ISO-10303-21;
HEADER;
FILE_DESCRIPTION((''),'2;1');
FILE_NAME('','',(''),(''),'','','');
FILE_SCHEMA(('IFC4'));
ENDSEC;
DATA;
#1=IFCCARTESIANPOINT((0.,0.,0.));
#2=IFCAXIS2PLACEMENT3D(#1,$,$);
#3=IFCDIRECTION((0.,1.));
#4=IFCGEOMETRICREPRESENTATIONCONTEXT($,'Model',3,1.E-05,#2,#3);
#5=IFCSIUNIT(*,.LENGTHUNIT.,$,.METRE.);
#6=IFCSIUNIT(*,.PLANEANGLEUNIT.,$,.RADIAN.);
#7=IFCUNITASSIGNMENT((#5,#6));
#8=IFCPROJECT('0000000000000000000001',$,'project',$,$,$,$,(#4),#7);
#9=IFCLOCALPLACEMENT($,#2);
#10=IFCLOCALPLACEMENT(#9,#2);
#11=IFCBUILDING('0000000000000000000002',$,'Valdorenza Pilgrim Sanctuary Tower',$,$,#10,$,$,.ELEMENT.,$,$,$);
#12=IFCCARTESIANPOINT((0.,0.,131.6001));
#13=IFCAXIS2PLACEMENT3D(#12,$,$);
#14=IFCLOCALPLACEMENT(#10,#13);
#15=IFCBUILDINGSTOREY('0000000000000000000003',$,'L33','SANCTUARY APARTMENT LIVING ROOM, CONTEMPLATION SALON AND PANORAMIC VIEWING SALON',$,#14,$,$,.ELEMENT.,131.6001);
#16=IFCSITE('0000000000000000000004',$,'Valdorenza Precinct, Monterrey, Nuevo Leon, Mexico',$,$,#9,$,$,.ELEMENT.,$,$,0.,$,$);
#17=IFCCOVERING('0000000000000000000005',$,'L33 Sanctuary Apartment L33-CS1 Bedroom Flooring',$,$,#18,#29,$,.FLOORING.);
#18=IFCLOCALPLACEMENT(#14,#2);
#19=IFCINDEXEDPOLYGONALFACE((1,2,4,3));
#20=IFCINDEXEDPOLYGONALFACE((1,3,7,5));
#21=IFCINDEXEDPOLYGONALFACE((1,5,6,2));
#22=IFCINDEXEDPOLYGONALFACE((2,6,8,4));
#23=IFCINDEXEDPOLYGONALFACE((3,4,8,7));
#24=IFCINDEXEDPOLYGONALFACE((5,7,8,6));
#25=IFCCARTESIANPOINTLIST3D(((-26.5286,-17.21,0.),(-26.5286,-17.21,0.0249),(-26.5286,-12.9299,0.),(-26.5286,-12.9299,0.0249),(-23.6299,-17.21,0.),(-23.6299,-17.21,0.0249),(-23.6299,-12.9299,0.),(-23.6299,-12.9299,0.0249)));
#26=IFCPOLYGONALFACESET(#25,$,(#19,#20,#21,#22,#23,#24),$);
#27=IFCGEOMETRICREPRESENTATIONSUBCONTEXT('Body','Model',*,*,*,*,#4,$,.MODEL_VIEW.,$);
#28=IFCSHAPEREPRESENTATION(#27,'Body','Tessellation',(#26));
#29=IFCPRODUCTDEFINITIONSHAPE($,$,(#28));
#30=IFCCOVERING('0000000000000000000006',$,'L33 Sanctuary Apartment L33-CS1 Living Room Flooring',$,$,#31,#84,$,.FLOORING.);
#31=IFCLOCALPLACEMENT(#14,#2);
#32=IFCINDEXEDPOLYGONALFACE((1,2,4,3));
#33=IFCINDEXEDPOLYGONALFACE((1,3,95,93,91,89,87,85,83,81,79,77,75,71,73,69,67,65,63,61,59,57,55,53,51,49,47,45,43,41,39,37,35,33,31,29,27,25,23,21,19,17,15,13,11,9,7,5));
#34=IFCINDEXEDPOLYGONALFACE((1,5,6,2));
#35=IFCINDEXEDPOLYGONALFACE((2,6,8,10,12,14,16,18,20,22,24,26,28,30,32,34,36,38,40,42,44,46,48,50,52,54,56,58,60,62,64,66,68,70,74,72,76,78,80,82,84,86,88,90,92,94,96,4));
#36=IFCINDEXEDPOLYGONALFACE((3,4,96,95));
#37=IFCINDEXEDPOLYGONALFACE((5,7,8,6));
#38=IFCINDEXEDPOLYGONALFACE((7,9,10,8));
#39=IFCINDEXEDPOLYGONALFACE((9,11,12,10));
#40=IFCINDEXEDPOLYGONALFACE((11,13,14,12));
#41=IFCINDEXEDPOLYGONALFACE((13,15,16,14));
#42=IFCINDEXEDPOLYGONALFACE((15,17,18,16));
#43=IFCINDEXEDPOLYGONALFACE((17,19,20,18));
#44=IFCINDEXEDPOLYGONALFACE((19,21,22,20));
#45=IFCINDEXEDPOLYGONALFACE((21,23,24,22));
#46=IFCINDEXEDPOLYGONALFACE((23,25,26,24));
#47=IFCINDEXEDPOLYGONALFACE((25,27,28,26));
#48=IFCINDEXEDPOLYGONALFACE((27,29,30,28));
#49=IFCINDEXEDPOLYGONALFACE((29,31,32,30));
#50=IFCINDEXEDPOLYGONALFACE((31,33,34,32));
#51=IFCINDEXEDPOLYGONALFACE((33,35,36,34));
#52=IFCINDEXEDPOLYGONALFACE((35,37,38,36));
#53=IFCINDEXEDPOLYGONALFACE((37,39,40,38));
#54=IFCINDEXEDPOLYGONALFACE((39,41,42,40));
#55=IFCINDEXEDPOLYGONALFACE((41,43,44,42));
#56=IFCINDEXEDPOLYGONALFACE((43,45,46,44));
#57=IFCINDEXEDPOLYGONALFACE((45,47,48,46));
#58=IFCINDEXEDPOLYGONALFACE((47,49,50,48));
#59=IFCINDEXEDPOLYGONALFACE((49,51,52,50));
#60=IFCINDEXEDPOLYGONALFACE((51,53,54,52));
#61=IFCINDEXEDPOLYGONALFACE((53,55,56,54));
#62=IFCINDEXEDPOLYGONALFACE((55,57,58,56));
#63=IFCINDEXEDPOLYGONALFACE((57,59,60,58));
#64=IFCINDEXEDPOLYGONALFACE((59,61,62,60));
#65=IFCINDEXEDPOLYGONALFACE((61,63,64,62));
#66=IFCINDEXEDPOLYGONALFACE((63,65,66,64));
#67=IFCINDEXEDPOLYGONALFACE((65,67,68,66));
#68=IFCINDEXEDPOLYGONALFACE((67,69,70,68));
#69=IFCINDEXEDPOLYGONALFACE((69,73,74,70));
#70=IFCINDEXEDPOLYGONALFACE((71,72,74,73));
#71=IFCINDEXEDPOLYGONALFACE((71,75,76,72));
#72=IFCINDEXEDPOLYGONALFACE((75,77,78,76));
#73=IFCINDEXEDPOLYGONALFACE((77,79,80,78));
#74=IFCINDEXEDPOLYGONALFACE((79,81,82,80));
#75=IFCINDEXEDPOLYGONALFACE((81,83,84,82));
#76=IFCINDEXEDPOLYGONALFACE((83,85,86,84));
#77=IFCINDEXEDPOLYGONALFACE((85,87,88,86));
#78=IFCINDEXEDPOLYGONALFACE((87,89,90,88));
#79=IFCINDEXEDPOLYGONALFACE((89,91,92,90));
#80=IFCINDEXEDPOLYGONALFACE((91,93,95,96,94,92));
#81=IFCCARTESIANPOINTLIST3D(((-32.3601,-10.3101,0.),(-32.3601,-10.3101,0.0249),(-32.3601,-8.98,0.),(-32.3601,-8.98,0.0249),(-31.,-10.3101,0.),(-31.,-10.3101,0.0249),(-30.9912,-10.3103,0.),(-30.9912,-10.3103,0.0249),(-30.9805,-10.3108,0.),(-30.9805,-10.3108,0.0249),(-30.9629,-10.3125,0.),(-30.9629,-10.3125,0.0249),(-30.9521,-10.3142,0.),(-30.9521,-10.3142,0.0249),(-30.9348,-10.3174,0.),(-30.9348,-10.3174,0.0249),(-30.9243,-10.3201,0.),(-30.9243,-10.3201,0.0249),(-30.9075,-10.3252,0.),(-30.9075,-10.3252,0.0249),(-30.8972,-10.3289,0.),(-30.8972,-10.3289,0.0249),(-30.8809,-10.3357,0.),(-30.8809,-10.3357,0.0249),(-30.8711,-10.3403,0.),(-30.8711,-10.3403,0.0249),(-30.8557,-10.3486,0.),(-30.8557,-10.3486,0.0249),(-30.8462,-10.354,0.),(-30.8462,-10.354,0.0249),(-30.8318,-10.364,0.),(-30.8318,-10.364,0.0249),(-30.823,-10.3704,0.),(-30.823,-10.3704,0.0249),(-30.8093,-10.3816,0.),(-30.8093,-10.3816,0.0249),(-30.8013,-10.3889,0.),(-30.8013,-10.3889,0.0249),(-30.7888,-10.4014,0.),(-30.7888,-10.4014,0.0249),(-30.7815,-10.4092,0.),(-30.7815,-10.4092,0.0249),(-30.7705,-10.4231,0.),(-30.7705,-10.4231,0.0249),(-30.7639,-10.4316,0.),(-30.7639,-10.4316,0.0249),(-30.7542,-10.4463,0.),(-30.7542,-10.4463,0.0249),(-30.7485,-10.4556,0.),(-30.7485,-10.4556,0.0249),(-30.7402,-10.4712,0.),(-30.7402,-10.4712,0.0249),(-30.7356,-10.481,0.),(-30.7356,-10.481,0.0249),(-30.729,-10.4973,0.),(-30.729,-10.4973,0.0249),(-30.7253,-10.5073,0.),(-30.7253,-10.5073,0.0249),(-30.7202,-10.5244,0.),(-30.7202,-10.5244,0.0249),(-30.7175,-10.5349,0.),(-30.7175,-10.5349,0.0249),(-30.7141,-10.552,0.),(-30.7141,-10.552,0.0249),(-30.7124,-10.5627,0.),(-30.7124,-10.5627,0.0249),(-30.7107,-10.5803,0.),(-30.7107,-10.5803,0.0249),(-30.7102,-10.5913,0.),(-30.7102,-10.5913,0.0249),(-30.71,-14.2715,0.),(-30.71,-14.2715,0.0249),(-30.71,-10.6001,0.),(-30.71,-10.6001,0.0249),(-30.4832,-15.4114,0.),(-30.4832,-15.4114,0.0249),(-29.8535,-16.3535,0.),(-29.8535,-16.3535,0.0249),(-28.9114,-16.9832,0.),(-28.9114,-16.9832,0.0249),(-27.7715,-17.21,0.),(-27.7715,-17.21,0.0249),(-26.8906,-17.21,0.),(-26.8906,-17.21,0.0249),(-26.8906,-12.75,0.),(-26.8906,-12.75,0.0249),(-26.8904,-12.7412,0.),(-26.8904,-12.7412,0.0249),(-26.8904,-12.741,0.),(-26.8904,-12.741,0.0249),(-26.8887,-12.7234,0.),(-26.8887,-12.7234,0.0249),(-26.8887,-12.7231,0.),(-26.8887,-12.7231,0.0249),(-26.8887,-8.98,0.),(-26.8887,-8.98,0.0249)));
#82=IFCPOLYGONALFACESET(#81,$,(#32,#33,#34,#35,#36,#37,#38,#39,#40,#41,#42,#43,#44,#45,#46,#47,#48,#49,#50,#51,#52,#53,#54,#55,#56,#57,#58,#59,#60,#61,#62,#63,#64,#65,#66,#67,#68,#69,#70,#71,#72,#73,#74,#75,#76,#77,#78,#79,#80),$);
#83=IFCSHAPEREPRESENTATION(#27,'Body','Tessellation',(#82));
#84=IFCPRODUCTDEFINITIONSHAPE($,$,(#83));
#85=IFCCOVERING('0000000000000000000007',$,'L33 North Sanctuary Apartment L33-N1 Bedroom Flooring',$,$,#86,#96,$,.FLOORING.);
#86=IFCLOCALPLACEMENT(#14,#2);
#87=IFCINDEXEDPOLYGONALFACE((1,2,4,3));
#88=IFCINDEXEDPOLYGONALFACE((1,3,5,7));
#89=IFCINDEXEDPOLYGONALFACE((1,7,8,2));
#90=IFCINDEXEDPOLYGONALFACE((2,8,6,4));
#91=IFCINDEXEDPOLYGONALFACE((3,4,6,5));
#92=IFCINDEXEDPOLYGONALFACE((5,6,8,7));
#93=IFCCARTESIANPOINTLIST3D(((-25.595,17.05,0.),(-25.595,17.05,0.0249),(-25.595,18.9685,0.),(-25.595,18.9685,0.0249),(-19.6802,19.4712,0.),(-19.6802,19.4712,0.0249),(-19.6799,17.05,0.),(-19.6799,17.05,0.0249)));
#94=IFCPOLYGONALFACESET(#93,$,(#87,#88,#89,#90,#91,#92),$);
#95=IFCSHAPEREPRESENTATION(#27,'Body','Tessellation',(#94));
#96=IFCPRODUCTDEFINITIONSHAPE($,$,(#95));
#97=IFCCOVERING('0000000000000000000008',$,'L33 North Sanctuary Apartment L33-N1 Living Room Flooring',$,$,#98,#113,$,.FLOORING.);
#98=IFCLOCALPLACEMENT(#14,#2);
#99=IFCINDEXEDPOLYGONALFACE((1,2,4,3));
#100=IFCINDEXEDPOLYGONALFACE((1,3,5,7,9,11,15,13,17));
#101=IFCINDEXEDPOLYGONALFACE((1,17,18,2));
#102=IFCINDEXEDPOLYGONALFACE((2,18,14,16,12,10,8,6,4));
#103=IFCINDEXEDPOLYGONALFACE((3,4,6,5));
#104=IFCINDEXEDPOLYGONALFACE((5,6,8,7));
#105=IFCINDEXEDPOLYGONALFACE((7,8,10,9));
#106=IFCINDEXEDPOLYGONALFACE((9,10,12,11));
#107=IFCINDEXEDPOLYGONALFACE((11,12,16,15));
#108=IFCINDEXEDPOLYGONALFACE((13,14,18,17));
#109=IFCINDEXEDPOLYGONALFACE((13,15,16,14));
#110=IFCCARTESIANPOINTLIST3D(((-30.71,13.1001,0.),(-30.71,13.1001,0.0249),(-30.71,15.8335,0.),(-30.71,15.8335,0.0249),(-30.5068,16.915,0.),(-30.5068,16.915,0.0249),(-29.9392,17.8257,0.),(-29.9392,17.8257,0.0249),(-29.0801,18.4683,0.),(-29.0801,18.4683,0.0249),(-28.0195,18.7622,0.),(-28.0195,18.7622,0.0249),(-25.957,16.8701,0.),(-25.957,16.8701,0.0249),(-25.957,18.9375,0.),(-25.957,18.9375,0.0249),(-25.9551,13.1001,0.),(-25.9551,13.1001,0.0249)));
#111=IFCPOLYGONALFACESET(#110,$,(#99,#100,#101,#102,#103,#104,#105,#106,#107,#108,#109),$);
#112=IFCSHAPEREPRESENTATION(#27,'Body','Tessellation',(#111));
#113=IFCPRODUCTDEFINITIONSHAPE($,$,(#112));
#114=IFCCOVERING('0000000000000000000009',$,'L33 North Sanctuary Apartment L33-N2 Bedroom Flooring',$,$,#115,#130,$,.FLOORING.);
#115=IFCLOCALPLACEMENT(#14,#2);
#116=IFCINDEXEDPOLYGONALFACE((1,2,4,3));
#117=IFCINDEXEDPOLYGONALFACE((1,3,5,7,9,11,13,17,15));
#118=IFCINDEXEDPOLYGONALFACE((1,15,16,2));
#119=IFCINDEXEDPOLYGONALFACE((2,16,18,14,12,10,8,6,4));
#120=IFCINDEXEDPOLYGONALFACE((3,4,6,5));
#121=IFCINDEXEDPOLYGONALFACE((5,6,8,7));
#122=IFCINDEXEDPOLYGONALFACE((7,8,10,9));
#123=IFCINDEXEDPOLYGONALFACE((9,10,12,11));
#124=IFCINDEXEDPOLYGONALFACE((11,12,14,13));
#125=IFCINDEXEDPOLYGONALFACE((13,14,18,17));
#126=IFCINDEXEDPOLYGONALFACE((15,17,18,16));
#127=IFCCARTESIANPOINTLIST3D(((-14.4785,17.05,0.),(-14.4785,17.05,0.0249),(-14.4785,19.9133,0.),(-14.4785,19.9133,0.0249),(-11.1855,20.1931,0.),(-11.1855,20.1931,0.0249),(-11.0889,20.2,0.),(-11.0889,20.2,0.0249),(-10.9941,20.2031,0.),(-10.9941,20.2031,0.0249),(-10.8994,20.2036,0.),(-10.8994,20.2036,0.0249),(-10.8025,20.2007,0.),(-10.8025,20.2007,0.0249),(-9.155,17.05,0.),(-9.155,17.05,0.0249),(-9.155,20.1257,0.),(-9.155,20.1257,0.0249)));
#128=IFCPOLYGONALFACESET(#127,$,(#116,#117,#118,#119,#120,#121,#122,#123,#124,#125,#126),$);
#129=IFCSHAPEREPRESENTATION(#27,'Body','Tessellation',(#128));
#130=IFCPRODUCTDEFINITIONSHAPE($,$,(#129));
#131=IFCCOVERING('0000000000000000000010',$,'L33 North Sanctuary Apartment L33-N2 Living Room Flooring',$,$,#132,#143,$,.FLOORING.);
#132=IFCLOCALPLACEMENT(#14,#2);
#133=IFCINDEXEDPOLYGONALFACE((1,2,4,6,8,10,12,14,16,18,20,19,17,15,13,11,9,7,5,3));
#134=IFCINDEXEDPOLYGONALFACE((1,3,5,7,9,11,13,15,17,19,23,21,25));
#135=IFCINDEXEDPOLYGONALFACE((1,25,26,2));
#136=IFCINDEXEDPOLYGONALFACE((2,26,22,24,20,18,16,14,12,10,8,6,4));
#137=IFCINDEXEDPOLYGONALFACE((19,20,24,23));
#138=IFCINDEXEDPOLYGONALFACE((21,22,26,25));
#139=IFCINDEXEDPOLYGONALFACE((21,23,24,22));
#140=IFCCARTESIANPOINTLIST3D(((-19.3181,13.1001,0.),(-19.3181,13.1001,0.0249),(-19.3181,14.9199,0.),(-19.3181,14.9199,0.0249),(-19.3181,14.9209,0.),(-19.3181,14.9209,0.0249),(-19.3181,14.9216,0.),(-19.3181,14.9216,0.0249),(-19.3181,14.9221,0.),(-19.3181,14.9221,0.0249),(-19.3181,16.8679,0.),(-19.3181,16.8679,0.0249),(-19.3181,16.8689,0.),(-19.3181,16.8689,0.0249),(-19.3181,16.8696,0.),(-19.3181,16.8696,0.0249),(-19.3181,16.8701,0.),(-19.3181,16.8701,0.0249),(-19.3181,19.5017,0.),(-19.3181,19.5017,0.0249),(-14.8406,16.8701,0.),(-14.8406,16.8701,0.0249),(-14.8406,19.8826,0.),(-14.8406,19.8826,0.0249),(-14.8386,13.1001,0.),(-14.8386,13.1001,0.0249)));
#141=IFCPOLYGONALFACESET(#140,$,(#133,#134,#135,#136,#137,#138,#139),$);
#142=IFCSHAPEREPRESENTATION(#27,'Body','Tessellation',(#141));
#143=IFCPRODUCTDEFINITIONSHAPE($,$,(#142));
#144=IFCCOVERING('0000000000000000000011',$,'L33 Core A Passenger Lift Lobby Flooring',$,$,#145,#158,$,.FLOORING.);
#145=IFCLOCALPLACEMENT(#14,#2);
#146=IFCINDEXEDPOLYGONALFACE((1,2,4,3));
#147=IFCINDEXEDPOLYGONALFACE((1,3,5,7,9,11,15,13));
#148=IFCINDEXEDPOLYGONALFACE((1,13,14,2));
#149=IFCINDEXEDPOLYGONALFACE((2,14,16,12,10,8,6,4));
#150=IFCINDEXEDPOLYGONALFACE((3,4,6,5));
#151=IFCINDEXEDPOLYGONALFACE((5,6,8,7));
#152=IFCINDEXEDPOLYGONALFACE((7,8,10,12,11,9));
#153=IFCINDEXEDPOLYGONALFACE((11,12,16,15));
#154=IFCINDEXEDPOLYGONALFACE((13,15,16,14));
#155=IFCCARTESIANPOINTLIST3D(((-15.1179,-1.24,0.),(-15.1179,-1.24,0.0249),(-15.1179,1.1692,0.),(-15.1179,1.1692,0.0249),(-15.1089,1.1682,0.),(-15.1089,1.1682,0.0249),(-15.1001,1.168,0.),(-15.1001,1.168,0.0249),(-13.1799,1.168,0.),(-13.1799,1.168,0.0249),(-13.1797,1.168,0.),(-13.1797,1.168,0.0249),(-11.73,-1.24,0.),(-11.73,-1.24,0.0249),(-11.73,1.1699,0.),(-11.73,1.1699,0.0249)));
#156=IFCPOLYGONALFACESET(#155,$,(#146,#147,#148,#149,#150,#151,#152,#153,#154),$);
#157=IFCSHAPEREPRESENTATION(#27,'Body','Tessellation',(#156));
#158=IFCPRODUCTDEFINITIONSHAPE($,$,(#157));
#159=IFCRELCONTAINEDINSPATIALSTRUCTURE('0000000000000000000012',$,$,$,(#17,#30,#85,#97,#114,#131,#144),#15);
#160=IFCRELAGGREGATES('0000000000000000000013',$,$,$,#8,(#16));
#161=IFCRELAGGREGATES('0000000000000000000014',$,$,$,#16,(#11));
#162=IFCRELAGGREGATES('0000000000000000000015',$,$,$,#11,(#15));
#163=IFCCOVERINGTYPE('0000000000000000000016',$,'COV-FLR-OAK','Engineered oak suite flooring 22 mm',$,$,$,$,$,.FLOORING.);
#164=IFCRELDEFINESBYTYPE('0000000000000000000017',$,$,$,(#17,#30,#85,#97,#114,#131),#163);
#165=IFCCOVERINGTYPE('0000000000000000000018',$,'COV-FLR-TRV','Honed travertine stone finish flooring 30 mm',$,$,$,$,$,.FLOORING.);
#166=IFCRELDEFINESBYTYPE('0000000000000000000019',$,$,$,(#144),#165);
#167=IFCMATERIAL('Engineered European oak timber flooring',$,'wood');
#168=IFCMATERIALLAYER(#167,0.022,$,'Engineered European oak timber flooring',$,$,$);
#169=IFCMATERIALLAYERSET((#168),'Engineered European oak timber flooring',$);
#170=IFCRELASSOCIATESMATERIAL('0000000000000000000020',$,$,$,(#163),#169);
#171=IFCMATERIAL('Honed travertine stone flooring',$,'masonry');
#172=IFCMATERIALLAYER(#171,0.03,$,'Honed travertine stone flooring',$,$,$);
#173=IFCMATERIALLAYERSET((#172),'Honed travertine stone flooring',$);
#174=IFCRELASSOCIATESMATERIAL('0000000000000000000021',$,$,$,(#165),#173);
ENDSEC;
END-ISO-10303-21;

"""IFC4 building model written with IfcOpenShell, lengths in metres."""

from ifc_helpers import new_model, si_unit, direction, frame, origin, place, context, subcontext, project, spatial, polyline, outline, extrude, material, layer, layer_set, type_object, element, save


model = new_model("IFC4")

# Units and contexts
model_context = context("Model", 3, precision=1e-05, world=origin(), true_north=direction((0.0, 1.0)))
body_context = subcontext(model_context, "Body", "Model", "MODEL_VIEW")
ifc_project = project(units=[si_unit("LENGTHUNIT", "METRE"), si_unit("PLANEANGLEUNIT", "RADIAN")], contexts=[model_context])

# Site, building, storey
site_placement = place(None, origin())
site = spatial("IfcSite", under=ifc_project, at=site_placement, Name="Valdorenza Precinct, Monterrey, Nuevo Leon, Mexico", CompositionType="ELEMENT", RefElevation=0.0)
building_placement = place(site_placement, origin())
building = spatial("IfcBuilding", under=site, at=building_placement, Name="Valdorenza Pilgrim Sanctuary Tower", CompositionType="ELEMENT")
storey_placement = place(building_placement, frame((0.0, 0.0, 131.6001)))
storey = spatial("IfcBuildingStorey", under=building, at=storey_placement, Name="L33", Description="SANCTUARY APARTMENT LIVING ROOM, CONTEMPLATION SALON AND PANORAMIC VIEWING SALON", CompositionType="ELEMENT", Elevation=131.6001)

# Coverings
ifc_material_1 = material(Name="Engineered European oak timber flooring", Category="wood")
ifc_layer_1 = layer(ifc_material_1, 0.022, Name="Engineered European oak timber flooring")
ifc_layer_set_1 = layer_set([ifc_layer_1], Name="Engineered European oak timber flooring")
covering_type_1 = type_object("IfcCoveringType", Name="COV-FLR-OAK", Description="Engineered oak suite flooring 22 mm", PredefinedType="FLOORING", material=ifc_layer_set_1)
covering_1_placement = place(storey_placement, origin())
element("IfcCovering", 1, at=covering_1_placement, inside=storey, type_object=covering_type_1, Name="L33 Sanctuary Apartment L33-CS1 Bedroom Flooring", PredefinedType="FLOORING", context=body_context, shape_type="SweptSolid", body=[
    extrude(outline(polyline([(-26.5286, -12.9299), (-23.6299, -12.9299), (-23.6299, -17.21), (-26.5286, -17.21), (-26.5286, -12.9299)])), origin(), (0.0, 0.0, 1.0), 0.0249),
])
covering_2_placement = place(storey_placement, origin())
element("IfcCovering", 2, at=covering_2_placement, inside=storey, type_object=covering_type_1, Name="L33 Sanctuary Apartment L33-CS1 Living Room Flooring", PredefinedType="FLOORING", context=body_context, shape_type="SweptSolid", body=[
    extrude(outline(polyline([(-28.9114, -16.9832), (-29.8535, -16.3535), (-30.4832, -15.4114), (-30.71, -14.2715), (-30.71, -10.6001), (-30.7102, -10.5913), (-30.7107, -10.5803), (-30.7124, -10.5627), (-30.7141, -10.552), (-30.7175, -10.5349), (-30.7202, -10.5244), (-30.7253, -10.5073), (-30.729, -10.4973), (-30.7356, -10.481), (-30.7402, -10.4712), (-30.7485, -10.4556), (-30.7542, -10.4463), (-30.7639, -10.4316), (-30.7705, -10.4231), (-30.7815, -10.4092), (-30.7888, -10.4014), (-30.8013, -10.3889), (-30.8093, -10.3816), (-30.823, -10.3704), (-30.8318, -10.364), (-30.8462, -10.354), (-30.8557, -10.3486), (-30.8711, -10.3403), (-30.8809, -10.3357), (-30.8972, -10.3289), (-30.9075, -10.3252), (-30.9243, -10.3201), (-30.9348, -10.3174), (-30.9521, -10.3142), (-30.9629, -10.3125), (-30.9805, -10.3108), (-30.9912, -10.3103), (-31.0, -10.3101), (-32.3601, -10.3101), (-32.3601, -8.98), (-26.8887, -8.98), (-26.8887, -12.7231), (-26.8887, -12.7231), (-26.8887, -12.7234), (-26.8904, -12.741), (-26.8904, -12.7412), (-26.8906, -12.75), (-26.8906, -17.21), (-27.7715, -17.21), (-28.9114, -16.9832)])), origin(), (0.0, 0.0, 1.0), 0.0249),
])
covering_3_placement = place(storey_placement, origin())
element("IfcCovering", 3, at=covering_3_placement, inside=storey, type_object=covering_type_1, Name="L33 North Sanctuary Apartment L33-N1 Bedroom Flooring", PredefinedType="FLOORING", context=body_context, shape_type="SweptSolid", body=[
    extrude(outline(polyline([(-19.6799, 17.05), (-25.595, 17.05), (-25.595, 18.9685), (-19.6802, 19.4712), (-19.6799, 17.05)])), origin(), (0.0, 0.0, 1.0), 0.0249),
])
covering_4_placement = place(storey_placement, origin())
element("IfcCovering", 4, at=covering_4_placement, inside=storey, type_object=covering_type_1, Name="L33 North Sanctuary Apartment L33-N1 Living Room Flooring", PredefinedType="FLOORING", context=body_context, shape_type="SweptSolid", body=[
    extrude(outline(polyline([(-30.71, 13.1001), (-30.71, 15.8335), (-30.5068, 16.915), (-29.9392, 17.8257), (-29.0801, 18.4683), (-28.0195, 18.7622), (-25.957, 18.9375), (-25.957, 16.8701), (-25.9551, 13.1001), (-30.71, 13.1001)])), origin(), (0.0, 0.0, 1.0), 0.0249),
])
covering_5_placement = place(storey_placement, origin())
element("IfcCovering", 5, at=covering_5_placement, inside=storey, type_object=covering_type_1, Name="L33 North Sanctuary Apartment L33-N2 Bedroom Flooring", PredefinedType="FLOORING", context=body_context, shape_type="SweptSolid", body=[
    extrude(outline(polyline([(-14.4785, 17.05), (-14.4785, 19.9133), (-11.1855, 20.1931), (-11.0889, 20.2), (-10.9941, 20.2031), (-10.8994, 20.2036), (-10.8025, 20.2007), (-9.155, 20.1257), (-9.155, 17.05), (-14.4785, 17.05)])), origin(), (0.0, 0.0, 1.0), 0.0249),
])
covering_6_placement = place(storey_placement, origin())
element("IfcCovering", 6, at=covering_6_placement, inside=storey, type_object=covering_type_1, Name="L33 North Sanctuary Apartment L33-N2 Living Room Flooring", PredefinedType="FLOORING", context=body_context, shape_type="SweptSolid", body=[
    extrude(outline(polyline([(-19.3181, 14.9216), (-19.3181, 14.9221), (-19.3181, 16.8679), (-19.3181, 16.8689), (-19.3181, 16.8696), (-19.3181, 16.8701), (-19.3181, 19.5017), (-14.8406, 19.8826), (-14.8406, 16.8701), (-14.8386, 13.1001), (-19.3181, 13.1001), (-19.3181, 14.9199), (-19.3181, 14.9209), (-19.3181, 14.9216)])), origin(), (0.0, 0.0, 1.0), 0.0249),
])
ifc_material_2 = material(Name="Honed travertine stone flooring", Category="masonry")
ifc_layer_2 = layer(ifc_material_2, 0.03, Name="Honed travertine stone flooring")
ifc_layer_set_2 = layer_set([ifc_layer_2], Name="Honed travertine stone flooring")
covering_type_2 = type_object("IfcCoveringType", Name="COV-FLR-TRV", Description="Honed travertine stone finish flooring 30 mm", PredefinedType="FLOORING", material=ifc_layer_set_2)
covering_7_placement = place(storey_placement, origin())
element("IfcCovering", 7, at=covering_7_placement, inside=storey, type_object=covering_type_2, Name="L33 Core A Passenger Lift Lobby Flooring", PredefinedType="FLOORING", context=body_context, shape_type="SweptSolid", body=[
    extrude(outline(polyline([(-15.1179, 1.1692), (-15.1089, 1.1682), (-15.1089, 1.1682), (-15.1001, 1.168), (-13.1799, 1.168), (-13.1797, 1.168), (-11.73, 1.1699), (-11.73, -1.24), (-15.1179, -1.24), (-15.1179, 1.1692)])), origin(), (0.0, 0.0, 1.0), 0.0249),
])

save(model, "model.ifc")
